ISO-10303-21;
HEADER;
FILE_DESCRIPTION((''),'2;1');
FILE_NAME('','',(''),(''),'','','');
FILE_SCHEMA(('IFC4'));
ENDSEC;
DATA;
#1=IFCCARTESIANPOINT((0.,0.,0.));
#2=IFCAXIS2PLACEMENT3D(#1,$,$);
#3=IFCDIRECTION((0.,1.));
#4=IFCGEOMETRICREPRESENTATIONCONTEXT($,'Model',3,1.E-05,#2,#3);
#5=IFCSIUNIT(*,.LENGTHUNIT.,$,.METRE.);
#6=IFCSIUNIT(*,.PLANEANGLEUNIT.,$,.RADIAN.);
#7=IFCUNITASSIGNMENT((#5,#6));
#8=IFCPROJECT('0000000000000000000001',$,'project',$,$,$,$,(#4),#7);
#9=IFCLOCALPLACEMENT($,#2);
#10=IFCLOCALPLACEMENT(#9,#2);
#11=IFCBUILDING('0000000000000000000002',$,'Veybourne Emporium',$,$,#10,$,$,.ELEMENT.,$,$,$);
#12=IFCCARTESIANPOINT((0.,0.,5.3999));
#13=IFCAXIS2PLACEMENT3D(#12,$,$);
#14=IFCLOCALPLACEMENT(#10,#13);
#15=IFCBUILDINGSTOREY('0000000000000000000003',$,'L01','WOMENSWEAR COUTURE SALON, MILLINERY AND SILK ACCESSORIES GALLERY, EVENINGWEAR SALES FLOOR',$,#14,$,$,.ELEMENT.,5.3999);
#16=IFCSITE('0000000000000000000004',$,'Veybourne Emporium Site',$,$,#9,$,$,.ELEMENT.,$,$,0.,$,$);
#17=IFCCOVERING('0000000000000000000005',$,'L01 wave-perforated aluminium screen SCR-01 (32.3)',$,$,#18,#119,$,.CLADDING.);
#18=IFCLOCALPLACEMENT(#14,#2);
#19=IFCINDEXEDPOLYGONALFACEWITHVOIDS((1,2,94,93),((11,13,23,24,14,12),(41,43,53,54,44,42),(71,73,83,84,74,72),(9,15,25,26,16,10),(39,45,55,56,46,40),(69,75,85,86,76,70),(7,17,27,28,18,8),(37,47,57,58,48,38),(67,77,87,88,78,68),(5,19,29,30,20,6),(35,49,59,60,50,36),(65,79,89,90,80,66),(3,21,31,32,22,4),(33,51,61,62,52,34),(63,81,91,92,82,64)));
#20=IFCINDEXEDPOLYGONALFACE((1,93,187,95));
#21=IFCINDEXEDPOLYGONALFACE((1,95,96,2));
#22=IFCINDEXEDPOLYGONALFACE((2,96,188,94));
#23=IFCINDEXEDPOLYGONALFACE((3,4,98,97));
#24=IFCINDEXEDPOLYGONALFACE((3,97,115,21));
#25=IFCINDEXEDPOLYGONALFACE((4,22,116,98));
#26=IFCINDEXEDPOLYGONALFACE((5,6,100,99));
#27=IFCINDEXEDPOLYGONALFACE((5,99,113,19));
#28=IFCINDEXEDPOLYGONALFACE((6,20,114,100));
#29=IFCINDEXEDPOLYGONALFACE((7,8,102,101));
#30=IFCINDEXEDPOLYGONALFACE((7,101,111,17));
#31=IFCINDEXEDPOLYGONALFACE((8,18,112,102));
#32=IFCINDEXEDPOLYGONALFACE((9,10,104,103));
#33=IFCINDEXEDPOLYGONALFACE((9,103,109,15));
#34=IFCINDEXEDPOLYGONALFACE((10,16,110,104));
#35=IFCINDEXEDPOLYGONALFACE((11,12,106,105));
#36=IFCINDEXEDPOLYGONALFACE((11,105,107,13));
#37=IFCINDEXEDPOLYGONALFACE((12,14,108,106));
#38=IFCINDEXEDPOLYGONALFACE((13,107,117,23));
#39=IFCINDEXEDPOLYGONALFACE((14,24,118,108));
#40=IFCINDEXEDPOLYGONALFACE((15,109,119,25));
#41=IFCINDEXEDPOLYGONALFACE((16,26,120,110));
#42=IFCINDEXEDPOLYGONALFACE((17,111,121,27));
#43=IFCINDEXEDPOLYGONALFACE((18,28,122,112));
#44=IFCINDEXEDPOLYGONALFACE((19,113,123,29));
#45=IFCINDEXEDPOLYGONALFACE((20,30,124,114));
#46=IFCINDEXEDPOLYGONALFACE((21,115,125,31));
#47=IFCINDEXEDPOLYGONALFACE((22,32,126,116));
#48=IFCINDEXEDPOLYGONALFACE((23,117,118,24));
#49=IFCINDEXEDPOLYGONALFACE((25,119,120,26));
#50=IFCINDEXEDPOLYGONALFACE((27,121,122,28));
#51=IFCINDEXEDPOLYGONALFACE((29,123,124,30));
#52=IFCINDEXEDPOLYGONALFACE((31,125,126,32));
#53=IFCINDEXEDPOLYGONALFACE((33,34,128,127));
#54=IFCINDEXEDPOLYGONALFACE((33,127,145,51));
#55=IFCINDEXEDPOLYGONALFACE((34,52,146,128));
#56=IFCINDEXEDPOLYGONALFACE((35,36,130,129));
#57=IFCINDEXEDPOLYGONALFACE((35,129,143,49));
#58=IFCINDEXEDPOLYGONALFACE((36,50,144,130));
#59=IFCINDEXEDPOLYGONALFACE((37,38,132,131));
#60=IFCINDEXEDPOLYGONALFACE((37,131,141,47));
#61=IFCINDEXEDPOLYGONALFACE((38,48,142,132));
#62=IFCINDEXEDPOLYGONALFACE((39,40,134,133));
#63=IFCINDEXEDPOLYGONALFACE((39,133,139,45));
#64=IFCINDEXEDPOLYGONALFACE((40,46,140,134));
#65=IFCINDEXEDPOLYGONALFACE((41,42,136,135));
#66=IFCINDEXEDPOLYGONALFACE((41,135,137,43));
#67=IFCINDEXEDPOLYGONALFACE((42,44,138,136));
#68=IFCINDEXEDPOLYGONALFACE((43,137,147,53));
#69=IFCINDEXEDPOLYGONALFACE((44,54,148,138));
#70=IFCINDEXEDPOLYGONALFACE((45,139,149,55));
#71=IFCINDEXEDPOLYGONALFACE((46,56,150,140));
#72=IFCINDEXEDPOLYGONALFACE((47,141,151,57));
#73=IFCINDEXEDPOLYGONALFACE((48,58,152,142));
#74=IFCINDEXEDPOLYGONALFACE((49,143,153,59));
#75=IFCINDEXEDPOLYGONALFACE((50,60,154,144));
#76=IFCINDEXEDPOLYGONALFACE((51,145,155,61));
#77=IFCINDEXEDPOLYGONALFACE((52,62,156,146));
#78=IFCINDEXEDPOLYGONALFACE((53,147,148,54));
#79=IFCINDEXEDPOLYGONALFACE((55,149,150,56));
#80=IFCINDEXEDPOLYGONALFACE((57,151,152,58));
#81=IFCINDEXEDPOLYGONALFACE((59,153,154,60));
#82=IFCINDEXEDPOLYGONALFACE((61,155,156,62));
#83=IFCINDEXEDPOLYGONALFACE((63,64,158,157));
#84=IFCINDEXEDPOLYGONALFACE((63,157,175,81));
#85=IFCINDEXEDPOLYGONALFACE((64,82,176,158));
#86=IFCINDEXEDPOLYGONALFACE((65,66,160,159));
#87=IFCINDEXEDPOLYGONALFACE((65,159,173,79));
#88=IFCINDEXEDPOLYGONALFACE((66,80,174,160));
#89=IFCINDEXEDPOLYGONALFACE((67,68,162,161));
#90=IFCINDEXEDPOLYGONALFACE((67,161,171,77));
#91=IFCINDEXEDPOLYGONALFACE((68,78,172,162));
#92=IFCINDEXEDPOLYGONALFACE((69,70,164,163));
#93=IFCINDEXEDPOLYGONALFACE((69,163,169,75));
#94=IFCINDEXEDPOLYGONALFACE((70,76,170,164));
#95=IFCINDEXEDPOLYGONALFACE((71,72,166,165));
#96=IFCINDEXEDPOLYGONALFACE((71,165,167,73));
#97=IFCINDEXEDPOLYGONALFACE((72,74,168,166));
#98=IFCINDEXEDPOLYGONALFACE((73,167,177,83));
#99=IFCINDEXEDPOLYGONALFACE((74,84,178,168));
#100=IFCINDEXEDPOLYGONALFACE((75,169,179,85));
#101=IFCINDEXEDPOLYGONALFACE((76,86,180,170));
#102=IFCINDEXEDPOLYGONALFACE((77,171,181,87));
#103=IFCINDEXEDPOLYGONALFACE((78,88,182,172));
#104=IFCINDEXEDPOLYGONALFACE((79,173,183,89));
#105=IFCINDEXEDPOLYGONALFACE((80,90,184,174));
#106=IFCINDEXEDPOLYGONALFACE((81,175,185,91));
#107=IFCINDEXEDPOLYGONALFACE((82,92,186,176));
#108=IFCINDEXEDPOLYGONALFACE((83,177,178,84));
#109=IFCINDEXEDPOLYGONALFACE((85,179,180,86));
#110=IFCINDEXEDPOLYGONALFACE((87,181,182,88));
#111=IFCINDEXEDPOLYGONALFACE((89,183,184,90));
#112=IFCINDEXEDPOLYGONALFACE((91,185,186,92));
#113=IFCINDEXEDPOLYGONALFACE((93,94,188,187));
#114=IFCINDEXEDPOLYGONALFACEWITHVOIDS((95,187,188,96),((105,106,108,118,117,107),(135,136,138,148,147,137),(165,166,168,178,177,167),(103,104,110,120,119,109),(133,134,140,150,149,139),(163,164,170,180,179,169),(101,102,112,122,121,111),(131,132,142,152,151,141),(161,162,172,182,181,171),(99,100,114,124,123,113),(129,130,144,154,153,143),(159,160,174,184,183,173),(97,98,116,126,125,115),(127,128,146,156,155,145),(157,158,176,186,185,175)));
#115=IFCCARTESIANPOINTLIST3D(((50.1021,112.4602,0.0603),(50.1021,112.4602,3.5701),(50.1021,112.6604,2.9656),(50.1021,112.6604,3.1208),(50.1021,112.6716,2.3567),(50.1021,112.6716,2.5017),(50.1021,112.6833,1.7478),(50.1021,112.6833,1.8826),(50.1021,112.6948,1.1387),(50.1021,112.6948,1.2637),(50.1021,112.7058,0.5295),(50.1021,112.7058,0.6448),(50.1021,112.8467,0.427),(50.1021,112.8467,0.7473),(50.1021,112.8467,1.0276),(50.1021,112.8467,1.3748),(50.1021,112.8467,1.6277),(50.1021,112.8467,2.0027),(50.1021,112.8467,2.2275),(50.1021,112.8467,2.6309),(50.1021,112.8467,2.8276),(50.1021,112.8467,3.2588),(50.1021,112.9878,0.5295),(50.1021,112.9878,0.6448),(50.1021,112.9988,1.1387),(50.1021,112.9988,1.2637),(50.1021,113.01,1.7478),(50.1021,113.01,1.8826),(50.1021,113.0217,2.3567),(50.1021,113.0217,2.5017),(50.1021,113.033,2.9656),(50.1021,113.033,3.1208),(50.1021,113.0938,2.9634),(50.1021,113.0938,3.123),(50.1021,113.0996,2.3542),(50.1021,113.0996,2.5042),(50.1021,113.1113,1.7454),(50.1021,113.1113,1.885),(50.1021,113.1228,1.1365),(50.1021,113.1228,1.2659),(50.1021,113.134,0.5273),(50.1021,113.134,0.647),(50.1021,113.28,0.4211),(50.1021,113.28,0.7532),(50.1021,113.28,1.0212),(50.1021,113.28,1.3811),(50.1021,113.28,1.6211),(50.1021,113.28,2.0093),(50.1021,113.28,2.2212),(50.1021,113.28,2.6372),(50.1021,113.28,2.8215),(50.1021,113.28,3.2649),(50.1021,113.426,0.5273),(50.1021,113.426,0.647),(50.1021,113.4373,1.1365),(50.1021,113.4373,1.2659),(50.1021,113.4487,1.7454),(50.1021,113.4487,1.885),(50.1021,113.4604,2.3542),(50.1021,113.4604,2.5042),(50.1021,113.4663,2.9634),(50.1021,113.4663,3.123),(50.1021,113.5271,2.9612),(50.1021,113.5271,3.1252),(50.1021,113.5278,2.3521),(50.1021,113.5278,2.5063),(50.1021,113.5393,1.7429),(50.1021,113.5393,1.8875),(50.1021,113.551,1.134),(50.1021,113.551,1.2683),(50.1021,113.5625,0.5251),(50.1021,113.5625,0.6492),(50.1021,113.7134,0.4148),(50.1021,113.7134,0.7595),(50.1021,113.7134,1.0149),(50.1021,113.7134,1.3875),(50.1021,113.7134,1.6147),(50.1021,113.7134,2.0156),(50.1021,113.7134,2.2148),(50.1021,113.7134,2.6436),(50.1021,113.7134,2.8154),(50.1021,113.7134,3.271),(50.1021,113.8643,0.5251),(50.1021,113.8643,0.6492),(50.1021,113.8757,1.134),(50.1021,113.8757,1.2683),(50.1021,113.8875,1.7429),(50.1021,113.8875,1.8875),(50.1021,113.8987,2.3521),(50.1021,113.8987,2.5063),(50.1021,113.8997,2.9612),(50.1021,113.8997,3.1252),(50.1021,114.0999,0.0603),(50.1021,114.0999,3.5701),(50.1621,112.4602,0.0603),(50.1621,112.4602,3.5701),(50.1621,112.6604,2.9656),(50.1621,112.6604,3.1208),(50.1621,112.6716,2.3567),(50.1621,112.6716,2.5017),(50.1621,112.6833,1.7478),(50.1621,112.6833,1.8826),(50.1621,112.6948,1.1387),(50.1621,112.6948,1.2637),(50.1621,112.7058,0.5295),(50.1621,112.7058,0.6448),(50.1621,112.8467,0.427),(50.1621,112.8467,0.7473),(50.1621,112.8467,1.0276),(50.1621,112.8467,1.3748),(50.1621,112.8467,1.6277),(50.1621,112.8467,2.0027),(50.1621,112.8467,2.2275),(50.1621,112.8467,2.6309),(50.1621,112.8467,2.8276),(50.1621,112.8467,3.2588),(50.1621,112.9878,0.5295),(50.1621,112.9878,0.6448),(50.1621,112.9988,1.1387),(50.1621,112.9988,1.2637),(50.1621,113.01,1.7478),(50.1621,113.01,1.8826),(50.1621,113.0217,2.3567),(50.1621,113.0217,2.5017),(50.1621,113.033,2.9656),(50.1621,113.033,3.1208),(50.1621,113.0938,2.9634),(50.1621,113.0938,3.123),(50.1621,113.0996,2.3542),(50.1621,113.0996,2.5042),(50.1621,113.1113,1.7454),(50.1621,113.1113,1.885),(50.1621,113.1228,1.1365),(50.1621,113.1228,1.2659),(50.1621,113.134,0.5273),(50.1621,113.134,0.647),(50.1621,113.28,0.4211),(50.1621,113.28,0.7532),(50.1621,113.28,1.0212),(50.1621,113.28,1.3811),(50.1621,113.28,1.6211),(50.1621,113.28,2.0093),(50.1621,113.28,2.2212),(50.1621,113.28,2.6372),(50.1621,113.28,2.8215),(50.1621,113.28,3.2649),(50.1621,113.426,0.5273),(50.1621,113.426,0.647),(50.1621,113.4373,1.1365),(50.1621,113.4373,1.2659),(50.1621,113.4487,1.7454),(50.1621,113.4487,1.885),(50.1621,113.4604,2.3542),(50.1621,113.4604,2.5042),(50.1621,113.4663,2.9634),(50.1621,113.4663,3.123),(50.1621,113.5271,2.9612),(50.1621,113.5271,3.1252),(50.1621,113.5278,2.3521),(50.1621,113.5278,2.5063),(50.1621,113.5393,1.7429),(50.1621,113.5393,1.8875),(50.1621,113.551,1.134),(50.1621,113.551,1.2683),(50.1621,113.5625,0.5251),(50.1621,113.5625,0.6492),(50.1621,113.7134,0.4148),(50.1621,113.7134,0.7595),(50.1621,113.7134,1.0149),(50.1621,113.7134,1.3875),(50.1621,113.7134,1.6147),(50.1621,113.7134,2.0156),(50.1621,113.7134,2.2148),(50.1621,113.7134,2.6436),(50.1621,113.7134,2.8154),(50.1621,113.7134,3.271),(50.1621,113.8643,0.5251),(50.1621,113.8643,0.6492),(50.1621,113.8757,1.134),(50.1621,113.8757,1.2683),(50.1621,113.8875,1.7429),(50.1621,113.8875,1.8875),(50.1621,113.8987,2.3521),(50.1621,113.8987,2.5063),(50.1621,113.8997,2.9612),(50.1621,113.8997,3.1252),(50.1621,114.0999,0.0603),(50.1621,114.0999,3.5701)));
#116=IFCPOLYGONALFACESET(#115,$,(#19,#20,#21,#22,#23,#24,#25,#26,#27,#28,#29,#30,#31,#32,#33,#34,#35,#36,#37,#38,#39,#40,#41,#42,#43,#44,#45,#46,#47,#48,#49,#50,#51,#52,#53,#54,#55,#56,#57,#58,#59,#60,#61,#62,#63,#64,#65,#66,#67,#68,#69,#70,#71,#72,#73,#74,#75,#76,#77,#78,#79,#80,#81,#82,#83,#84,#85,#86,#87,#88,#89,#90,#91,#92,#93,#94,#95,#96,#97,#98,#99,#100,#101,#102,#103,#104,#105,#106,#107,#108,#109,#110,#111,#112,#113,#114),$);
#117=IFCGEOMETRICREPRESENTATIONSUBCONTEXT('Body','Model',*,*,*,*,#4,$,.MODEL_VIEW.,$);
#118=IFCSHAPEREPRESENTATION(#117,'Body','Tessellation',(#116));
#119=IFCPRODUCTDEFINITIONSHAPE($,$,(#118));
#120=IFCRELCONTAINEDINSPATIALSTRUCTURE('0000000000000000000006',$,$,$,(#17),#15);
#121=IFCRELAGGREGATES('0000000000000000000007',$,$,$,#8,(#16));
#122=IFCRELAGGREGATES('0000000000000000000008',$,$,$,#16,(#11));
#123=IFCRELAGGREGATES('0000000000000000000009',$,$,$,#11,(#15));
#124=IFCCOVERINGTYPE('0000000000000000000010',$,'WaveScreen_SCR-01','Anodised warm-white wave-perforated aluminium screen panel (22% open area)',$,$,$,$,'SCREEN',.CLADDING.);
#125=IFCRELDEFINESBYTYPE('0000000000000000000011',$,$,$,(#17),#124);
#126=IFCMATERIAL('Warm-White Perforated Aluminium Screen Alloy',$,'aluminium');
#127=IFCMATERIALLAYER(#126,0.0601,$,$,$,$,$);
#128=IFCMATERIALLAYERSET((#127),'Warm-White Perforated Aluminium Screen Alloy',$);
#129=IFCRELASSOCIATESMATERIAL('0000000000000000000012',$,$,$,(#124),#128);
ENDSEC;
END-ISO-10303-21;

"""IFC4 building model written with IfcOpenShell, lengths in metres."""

from ifc_helpers import new_model, si_unit, direction, frame, origin, place, context, subcontext, project, spatial, polyline, outline, extrude, material, layer, layer_set, type_object, element, save


model = new_model("IFC4")

# Units and contexts
model_context = context("Model", 3, precision=1e-05, world=origin(), true_north=direction((0.0, 1.0)))
body_context = subcontext(model_context, "Body", "Model", "MODEL_VIEW")
ifc_project = project(units=[si_unit("LENGTHUNIT", "METRE"), si_unit("PLANEANGLEUNIT", "RADIAN")], contexts=[model_context])

# Site, building, storey
site_placement = place(None, origin())
site = spatial("IfcSite", under=ifc_project, at=site_placement, Name="Veybourne Emporium Site", CompositionType="ELEMENT", RefElevation=0.0)
building_placement = place(site_placement, origin())
building = spatial("IfcBuilding", under=site, at=building_placement, Name="Veybourne Emporium", CompositionType="ELEMENT")
storey_placement = place(building_placement, frame((0.0, 0.0, 5.3999)))
storey = spatial("IfcBuildingStorey", under=building, at=storey_placement, Name="L01", Description="WOMENSWEAR COUTURE SALON, MILLINERY AND SILK ACCESSORIES GALLERY, EVENINGWEAR SALES FLOOR", CompositionType="ELEMENT", Elevation=5.3999)

# Covering
ifc_material_1 = material(Name="Warm-White Perforated Aluminium Screen Alloy", Category="aluminium")
ifc_layer_1 = layer(ifc_material_1, 0.0601)
ifc_layer_set_1 = layer_set([ifc_layer_1], Name="Warm-White Perforated Aluminium Screen Alloy")
covering_type_1 = type_object("IfcCoveringType", Name="WaveScreen_SCR-01", Description="Anodised warm-white wave-perforated aluminium screen panel (22% open area)", ElementType="SCREEN", PredefinedType="CLADDING", material=ifc_layer_set_1)
covering_1_placement = place(storey_placement, frame((50.1021, 113.28, 1.8152), z_axis=(1.0, 0.0, 0.0), x_axis=(0.0, 1.0, 0.0)))
element("IfcCovering", 1, at=covering_1_placement, inside=storey, type_object=covering_type_1, Name="L01 wave-perforated aluminium screen SCR-01 (32.3)", PredefinedType="CLADDING", context=body_context, shape_type="SweptSolid", body=[
    extrude(outline(polyline([(-0.8198, -1.7549), (0.8198, -1.7549), (0.8198, 1.7549), (-0.8198, 1.7549), (-0.8198, -1.7549)]), holes=[polyline([(-0.4333, -1.0679), (-0.2922, -1.1704), (-0.2922, -1.2856), (-0.4333, -1.3882), (-0.5742, -1.2856), (-0.5742, -1.1704), (-0.4333, -1.0679)]), polyline([(-0.4333, -0.4404), (-0.2812, -0.5515), (-0.2812, -0.6765), (-0.4333, -0.7876), (-0.5852, -0.6765), (-0.5852, -0.5515), (-0.4333, -0.4404)]), polyline([(-0.4333, 0.1875), (-0.27, 0.0674), (-0.27, -0.0674), (-0.4333, -0.1875), (-0.5967, -0.0674), (-0.5967, 0.0674), (-0.4333, 0.1875)]), polyline([(-0.4333, 0.8157), (-0.2583, 0.6865), (-0.2583, 0.5415), (-0.4333, 0.4124), (-0.6084, 0.5415), (-0.6084, 0.6865), (-0.4333, 0.8157)]), polyline([(-0.4333, 1.4436), (-0.2471, 1.3057), (-0.2471, 1.1504), (-0.4333, 1.0125), (-0.6196, 1.1504), (-0.6196, 1.3057), (-0.4333, 1.4436)]), polyline([(0.0, -1.062), (0.146, -1.1682), (0.146, -1.2878), (0.0, -1.394), (-0.146, -1.2878), (-0.146, -1.1682), (0.0, -1.062)]), polyline([(0.0, -0.4341), (0.1572, -0.5493), (0.1572, -0.6787), (0.0, -0.7939), (-0.1572, -0.6787), (-0.1572, -0.5493), (0.0, -0.4341)]), polyline([(0.0, 0.1941), (0.1687, 0.0698), (0.1687, -0.0698), (0.0, -0.1941), (-0.1687, -0.0698), (-0.1687, 0.0698), (0.0, 0.1941)]), polyline([(0.0, 0.822), (0.1804, 0.689), (0.1804, 0.5391), (0.0, 0.406), (-0.1804, 0.5391), (-0.1804, 0.689), (0.0, 0.822)]), polyline([(0.0, 1.4497), (0.1863, 1.3079), (0.1863, 1.1482), (0.0, 1.0063), (-0.1863, 1.1482), (-0.1863, 1.3079), (0.0, 1.4497)]), polyline([(0.4333, -1.0557), (0.5842, -1.166), (0.5842, -1.29), (0.4333, -1.4004), (0.2825, -1.29), (0.2825, -1.166), (0.4333, -1.0557)]), polyline([(0.4333, -0.4277), (0.5957, -0.5469), (0.5957, -0.6812), (0.4333, -0.8003), (0.271, -0.6812), (0.271, -0.5469), (0.4333, -0.4277)]), polyline([(0.4333, 0.2004), (0.6074, 0.0723), (0.6074, -0.0723), (0.4333, -0.2004), (0.2593, -0.0723), (0.2593, 0.0723), (0.4333, 0.2004)]), polyline([(0.4333, 0.8284), (0.6187, 0.6912), (0.6187, 0.5369), (0.4333, 0.3997), (0.2478, 0.5369), (0.2478, 0.6912), (0.4333, 0.8284)]), polyline([(0.4333, 1.4558), (0.6196, 1.3101), (0.6196, 1.146), (0.4333, 1.0002), (0.2471, 1.146), (0.2471, 1.3101), (0.4333, 1.4558)])]), origin(), (0.0, 0.0, 1.0), 0.0601),
])

save(model, "model.ifc")
